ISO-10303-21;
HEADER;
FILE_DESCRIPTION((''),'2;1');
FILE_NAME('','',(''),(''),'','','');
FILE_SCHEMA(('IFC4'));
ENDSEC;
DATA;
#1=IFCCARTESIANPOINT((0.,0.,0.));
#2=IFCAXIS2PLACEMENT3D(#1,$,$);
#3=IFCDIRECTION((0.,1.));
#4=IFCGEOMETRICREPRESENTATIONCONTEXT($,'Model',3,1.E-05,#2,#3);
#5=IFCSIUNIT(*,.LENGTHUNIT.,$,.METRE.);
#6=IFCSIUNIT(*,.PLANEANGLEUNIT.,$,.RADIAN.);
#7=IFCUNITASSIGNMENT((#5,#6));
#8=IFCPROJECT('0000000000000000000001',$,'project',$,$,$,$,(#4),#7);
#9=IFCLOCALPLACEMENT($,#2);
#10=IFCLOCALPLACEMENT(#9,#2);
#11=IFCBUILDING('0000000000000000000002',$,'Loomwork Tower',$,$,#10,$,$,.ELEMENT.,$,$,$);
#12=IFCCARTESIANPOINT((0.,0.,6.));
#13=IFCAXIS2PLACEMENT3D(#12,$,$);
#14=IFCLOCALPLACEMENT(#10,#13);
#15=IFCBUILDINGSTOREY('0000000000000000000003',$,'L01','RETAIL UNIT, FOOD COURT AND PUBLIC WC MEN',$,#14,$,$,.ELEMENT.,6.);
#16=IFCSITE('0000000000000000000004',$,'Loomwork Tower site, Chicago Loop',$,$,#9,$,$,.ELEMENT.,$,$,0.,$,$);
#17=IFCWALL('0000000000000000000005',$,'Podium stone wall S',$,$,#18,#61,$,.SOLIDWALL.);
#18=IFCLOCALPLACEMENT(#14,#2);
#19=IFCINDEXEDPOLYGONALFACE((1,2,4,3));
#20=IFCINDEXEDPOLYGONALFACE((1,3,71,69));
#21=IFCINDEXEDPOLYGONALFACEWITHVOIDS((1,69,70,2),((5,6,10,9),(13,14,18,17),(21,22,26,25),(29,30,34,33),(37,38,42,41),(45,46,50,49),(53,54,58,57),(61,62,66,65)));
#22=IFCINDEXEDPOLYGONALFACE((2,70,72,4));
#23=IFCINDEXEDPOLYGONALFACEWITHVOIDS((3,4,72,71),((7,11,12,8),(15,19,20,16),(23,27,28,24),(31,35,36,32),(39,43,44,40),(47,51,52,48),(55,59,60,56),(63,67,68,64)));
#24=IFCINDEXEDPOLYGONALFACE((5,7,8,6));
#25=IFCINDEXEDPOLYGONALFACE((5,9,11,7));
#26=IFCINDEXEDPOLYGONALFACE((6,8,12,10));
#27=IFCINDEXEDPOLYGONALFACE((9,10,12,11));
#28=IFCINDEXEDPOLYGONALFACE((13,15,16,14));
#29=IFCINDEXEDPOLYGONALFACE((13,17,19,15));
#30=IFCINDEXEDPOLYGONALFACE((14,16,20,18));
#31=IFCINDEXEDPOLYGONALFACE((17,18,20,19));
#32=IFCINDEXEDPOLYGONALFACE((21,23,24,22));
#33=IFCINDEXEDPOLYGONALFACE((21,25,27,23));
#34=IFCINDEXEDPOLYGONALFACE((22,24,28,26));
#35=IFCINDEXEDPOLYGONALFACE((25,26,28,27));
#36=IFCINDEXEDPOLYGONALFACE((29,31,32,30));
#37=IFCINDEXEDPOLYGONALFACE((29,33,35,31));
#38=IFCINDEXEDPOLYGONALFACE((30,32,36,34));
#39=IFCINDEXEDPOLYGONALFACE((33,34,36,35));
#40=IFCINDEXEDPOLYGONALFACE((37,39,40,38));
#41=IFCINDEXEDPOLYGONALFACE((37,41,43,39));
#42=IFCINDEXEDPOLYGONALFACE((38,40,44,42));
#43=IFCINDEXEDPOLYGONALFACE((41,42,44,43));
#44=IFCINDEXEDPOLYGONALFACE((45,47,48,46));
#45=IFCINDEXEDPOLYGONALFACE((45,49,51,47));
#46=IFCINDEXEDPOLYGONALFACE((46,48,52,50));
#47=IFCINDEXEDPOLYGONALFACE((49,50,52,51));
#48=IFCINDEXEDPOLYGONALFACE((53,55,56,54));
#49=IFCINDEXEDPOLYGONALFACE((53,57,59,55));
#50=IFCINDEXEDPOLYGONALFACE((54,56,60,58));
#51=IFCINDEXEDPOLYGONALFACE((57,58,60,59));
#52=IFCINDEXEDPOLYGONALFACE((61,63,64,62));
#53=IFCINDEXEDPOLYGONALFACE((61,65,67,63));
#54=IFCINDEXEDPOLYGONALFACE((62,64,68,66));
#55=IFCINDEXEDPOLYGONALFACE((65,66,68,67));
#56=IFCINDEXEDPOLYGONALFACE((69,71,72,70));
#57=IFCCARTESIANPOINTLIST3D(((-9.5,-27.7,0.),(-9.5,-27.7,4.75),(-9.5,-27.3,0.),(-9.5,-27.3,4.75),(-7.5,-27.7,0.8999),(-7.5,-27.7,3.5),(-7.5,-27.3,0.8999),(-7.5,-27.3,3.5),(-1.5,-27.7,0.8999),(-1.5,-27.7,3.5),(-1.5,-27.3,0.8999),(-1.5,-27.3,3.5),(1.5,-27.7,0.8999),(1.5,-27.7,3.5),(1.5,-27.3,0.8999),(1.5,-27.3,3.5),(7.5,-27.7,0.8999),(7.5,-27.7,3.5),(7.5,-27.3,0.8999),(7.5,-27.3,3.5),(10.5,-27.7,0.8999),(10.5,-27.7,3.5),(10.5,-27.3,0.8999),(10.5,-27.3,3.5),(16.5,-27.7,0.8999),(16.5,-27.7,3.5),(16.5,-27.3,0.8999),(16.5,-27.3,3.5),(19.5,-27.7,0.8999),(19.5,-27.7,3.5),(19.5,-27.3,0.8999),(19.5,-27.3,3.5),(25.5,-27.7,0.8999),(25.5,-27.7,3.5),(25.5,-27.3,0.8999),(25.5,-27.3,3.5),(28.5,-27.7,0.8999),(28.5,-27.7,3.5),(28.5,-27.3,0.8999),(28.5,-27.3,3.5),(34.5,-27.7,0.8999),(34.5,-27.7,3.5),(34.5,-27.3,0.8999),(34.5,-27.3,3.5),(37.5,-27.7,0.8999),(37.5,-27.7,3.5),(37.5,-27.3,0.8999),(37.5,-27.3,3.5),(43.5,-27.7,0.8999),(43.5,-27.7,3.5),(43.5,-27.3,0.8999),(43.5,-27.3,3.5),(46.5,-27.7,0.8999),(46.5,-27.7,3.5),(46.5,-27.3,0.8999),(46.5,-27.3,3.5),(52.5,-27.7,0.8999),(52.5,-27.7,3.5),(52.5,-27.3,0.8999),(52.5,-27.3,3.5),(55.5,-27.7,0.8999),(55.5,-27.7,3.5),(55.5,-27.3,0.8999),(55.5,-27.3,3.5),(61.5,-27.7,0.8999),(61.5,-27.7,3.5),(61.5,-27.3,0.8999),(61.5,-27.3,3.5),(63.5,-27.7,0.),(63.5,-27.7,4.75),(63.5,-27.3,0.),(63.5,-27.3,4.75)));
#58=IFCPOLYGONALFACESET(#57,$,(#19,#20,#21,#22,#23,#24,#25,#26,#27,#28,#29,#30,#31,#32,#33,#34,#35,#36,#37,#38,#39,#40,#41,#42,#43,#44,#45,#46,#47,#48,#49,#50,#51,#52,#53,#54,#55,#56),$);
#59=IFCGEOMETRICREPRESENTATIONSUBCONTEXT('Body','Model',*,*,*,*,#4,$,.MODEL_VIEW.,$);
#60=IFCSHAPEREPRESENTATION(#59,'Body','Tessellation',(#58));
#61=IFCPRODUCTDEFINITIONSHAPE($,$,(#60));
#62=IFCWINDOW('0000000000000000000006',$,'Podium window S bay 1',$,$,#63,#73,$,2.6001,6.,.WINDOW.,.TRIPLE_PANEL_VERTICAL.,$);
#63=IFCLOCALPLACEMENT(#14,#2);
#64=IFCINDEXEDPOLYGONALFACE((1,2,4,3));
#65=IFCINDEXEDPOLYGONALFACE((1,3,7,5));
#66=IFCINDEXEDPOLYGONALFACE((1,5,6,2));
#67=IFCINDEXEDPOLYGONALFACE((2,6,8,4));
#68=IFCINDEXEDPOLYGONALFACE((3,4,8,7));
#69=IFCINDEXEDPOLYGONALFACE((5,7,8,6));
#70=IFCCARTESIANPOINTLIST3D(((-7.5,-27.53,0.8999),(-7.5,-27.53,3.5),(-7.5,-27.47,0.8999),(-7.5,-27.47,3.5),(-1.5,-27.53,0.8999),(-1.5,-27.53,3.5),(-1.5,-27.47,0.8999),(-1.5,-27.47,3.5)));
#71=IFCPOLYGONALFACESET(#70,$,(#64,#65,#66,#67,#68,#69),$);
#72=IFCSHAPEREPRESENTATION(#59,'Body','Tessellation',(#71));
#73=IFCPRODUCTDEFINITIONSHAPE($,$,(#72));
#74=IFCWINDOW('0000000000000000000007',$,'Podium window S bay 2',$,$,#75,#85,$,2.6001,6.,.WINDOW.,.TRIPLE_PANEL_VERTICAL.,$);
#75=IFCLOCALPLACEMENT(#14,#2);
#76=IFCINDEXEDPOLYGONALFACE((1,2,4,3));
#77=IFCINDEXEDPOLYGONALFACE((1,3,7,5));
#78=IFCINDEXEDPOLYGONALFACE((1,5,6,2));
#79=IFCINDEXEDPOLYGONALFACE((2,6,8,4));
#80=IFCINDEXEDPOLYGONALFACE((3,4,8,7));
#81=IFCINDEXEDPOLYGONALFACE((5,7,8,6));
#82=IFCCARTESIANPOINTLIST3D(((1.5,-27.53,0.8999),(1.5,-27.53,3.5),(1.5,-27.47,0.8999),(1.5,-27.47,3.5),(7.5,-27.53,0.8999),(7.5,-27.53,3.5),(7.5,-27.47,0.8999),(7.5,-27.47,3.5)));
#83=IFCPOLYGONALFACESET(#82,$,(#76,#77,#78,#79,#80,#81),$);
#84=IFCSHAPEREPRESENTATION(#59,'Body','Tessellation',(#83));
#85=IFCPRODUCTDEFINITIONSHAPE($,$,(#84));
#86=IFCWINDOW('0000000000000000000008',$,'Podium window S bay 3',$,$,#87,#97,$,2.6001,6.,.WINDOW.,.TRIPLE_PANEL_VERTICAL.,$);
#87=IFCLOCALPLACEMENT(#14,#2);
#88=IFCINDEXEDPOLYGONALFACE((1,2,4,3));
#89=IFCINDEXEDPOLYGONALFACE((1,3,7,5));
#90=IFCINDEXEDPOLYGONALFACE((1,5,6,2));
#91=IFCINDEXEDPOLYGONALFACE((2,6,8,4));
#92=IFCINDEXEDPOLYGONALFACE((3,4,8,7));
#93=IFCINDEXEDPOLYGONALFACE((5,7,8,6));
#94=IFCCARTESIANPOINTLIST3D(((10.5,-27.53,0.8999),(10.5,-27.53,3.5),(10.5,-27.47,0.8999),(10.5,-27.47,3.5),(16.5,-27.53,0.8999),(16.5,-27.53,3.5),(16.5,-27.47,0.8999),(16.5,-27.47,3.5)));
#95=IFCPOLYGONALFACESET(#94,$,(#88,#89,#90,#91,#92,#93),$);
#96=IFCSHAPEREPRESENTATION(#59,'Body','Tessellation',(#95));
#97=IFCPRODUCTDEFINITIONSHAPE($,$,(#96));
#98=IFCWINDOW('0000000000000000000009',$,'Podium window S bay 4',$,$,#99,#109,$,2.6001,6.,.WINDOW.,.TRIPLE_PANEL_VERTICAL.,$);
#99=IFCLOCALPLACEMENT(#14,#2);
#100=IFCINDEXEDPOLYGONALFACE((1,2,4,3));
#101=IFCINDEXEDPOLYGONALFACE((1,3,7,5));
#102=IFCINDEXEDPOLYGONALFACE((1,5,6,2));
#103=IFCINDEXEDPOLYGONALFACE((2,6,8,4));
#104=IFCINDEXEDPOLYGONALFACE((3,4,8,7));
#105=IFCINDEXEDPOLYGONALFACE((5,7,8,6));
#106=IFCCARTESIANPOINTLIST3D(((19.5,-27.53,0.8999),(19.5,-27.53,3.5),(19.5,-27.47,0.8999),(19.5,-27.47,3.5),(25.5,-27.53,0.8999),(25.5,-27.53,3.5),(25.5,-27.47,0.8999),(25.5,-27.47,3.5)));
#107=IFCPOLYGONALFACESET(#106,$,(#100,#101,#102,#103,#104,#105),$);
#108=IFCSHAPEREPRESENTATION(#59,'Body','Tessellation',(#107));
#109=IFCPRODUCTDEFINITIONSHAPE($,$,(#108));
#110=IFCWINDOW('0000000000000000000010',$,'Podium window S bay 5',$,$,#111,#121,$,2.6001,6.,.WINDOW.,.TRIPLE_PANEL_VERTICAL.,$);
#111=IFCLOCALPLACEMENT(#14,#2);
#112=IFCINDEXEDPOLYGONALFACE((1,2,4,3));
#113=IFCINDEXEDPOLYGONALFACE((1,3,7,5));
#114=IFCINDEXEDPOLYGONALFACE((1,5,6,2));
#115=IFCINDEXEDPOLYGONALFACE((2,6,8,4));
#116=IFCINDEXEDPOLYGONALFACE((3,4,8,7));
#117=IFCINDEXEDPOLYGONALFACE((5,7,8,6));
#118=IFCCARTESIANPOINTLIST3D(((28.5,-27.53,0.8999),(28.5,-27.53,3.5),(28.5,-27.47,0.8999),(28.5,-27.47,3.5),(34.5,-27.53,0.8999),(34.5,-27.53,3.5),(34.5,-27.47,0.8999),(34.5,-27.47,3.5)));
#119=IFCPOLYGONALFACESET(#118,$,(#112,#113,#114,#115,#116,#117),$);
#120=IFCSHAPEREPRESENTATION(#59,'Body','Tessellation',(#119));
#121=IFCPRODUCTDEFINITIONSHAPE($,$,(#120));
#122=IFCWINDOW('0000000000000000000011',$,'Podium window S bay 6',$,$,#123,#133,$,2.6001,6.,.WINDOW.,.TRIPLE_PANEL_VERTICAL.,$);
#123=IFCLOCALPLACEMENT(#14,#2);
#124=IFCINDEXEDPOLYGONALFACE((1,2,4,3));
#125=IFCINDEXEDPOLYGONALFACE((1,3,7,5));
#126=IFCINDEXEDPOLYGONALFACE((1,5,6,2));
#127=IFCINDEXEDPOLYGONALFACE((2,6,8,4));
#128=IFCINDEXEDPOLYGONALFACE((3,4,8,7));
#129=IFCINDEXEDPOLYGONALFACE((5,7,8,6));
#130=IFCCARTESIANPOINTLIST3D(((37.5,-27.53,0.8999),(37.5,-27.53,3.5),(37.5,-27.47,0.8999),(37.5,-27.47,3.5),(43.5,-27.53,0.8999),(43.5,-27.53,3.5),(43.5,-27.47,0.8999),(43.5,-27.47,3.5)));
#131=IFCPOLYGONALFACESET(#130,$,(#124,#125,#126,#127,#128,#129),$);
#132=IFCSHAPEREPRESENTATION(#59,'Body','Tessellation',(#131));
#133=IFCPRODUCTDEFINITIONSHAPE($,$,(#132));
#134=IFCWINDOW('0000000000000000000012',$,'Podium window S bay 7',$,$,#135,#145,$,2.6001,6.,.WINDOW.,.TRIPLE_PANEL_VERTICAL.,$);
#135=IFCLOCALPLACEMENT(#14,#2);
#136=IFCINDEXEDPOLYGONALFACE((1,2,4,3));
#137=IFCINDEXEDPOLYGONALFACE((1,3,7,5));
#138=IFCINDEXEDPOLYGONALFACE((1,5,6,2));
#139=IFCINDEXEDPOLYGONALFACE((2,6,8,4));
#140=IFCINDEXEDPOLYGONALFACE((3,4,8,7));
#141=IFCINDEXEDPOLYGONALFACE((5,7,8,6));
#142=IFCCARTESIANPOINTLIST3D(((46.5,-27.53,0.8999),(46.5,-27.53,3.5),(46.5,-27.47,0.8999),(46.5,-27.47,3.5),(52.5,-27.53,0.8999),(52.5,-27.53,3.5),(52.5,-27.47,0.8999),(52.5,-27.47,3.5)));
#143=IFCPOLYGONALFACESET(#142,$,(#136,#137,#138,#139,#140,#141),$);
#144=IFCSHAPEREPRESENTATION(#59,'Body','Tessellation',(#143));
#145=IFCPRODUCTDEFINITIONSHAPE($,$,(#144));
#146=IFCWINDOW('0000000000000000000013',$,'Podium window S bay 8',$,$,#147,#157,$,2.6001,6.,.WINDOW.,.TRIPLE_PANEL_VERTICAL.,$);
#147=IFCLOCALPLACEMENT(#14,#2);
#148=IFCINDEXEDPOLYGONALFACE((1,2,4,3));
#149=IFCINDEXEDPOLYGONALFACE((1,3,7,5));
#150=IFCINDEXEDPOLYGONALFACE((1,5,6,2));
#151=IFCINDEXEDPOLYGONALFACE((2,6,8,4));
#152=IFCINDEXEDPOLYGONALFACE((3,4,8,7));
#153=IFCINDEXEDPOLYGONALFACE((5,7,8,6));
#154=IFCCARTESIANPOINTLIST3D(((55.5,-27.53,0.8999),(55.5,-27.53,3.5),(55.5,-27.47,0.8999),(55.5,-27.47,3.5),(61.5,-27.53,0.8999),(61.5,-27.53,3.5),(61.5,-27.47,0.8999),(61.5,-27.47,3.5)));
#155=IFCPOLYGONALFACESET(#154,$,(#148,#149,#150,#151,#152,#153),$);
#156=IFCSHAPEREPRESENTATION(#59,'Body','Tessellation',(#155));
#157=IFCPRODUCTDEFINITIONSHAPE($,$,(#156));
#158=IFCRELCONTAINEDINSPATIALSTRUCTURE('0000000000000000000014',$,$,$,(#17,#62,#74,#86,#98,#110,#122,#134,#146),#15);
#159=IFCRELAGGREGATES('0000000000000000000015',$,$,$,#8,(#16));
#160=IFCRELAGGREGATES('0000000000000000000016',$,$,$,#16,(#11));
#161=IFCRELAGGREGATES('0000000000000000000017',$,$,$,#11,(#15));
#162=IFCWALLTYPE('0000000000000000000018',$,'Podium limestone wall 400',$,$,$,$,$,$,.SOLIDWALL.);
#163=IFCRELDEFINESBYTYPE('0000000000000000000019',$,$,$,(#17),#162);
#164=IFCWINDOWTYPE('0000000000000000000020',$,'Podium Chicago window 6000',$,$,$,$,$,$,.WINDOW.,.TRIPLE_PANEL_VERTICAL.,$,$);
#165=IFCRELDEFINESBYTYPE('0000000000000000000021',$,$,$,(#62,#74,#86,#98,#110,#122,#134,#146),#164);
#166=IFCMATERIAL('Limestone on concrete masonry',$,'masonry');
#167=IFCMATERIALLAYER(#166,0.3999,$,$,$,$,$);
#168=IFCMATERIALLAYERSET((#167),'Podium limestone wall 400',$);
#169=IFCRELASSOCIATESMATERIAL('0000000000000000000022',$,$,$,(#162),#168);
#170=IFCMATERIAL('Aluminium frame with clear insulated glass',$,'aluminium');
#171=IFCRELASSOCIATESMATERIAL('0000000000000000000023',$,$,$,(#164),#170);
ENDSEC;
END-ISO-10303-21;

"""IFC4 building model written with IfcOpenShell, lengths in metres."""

from ifc_helpers import new_model, si_unit, direction, frame, frame_2d, origin, place, context, subcontext, project, spatial, rectangle, extrude, material, layer, layer_set, type_object, element, fill, save


model = new_model("IFC4")

# Units and contexts
model_context = context("Model", 3, precision=1e-05, world=origin(), true_north=direction((0.0, 1.0)))
body_context = subcontext(model_context, "Body", "Model", "MODEL_VIEW")
ifc_project = project(units=[si_unit("LENGTHUNIT", "METRE"), si_unit("PLANEANGLEUNIT", "RADIAN")], contexts=[model_context])

# Site, building, storey
site_placement = place(None, origin())
site = spatial("IfcSite", under=ifc_project, at=site_placement, Name="Loomwork Tower site, Chicago Loop", CompositionType="ELEMENT", RefElevation=0.0)
building_placement = place(site_placement, origin())
building = spatial("IfcBuilding", under=site, at=building_placement, Name="Loomwork Tower", CompositionType="ELEMENT")
storey_placement = place(building_placement, frame((0.0, 0.0, 6.0)))
storey = spatial("IfcBuildingStorey", under=building, at=storey_placement, Name="L01", Description="RETAIL UNIT, FOOD COURT AND PUBLIC WC MEN", CompositionType="ELEMENT", Elevation=6.0)

# Wall, openings, windows
ifc_material_1 = material(Name="Limestone on concrete masonry", Category="masonry")
ifc_layer_1 = layer(ifc_material_1, 0.3999)
ifc_layer_set_1 = layer_set([ifc_layer_1], Name="Podium limestone wall 400")
wall_type_1 = type_object("IfcWallType", Name="Podium limestone wall 400", PredefinedType="SOLIDWALL", material=ifc_layer_set_1)
wall_1_placement = place(storey_placement, frame((-9.5, -27.5, 0.0), z_axis=(0.0, 0.0, 1.0), x_axis=(1.0, 0.0, 0.0)))
wall_1 = element("IfcWall", 1, at=wall_1_placement, inside=storey, type_object=wall_type_1, Name="Podium stone wall S", PredefinedType="SOLIDWALL", context=body_context, shape_type="SweptSolid", body=[
    extrude(rectangle(XDim=73.0, YDim=0.3999, at=frame_2d((36.5, 0.0))), origin(), (0.0, 0.0, 1.0), 4.75),
])
opening_1_placement = place(wall_1_placement, frame((2.0, 0.0, 0.8999)))
opening_1 = element("IfcOpeningElement", 2, at=opening_1_placement, cuts=wall_1, PredefinedType="OPENING", context=body_context, shape_type="SweptSolid", body=[
    extrude(rectangle(XDim=6.0, YDim=2.6001, at=frame_2d((3.0, 1.3))), frame((0.0, 0.21, 0.0), z_axis=(0.0, -1.0, 0.0), x_axis=(1.0, 0.0, 0.0)), (0.0, 0.0, 1.0), 0.4199),
])
opening_2_placement = place(wall_1_placement, frame((11.0, 0.0, 0.8999)))
opening_2 = element("IfcOpeningElement", 3, at=opening_2_placement, cuts=wall_1, PredefinedType="OPENING", context=body_context, shape_type="SweptSolid", body=[
    extrude(rectangle(XDim=6.0, YDim=2.6001, at=frame_2d((3.0, 1.3))), frame((0.0, 0.21, 0.0), z_axis=(0.0, -1.0, 0.0), x_axis=(1.0, 0.0, 0.0)), (0.0, 0.0, 1.0), 0.4199),
])
opening_3_placement = place(wall_1_placement, frame((20.0, 0.0, 0.8999)))
opening_3 = element("IfcOpeningElement", 4, at=opening_3_placement, cuts=wall_1, PredefinedType="OPENING", context=body_context, shape_type="SweptSolid", body=[
    extrude(rectangle(XDim=6.0, YDim=2.6001, at=frame_2d((3.0, 1.3))), frame((0.0, 0.21, 0.0), z_axis=(0.0, -1.0, 0.0), x_axis=(1.0, 0.0, 0.0)), (0.0, 0.0, 1.0), 0.4199),
])
opening_4_placement = place(wall_1_placement, frame((29.0, 0.0, 0.8999)))
opening_4 = element("IfcOpeningElement", 5, at=opening_4_placement, cuts=wall_1, PredefinedType="OPENING", context=body_context, shape_type="SweptSolid", body=[
    extrude(rectangle(XDim=6.0, YDim=2.6001, at=frame_2d((3.0, 1.3))), frame((0.0, 0.21, 0.0), z_axis=(0.0, -1.0, 0.0), x_axis=(1.0, 0.0, 0.0)), (0.0, 0.0, 1.0), 0.4199),
])
opening_5_placement = place(wall_1_placement, frame((38.0, 0.0, 0.8999)))
opening_5 = element("IfcOpeningElement", 6, at=opening_5_placement, cuts=wall_1, PredefinedType="OPENING", context=body_context, shape_type="SweptSolid", body=[
    extrude(rectangle(XDim=6.0, YDim=2.6001, at=frame_2d((3.0, 1.3))), frame((0.0, 0.21, 0.0), z_axis=(0.0, -1.0, 0.0), x_axis=(1.0, 0.0, 0.0)), (0.0, 0.0, 1.0), 0.4199),
])
opening_6_placement = place(wall_1_placement, frame((47.0, 0.0, 0.8999)))
opening_6 = element("IfcOpeningElement", 7, at=opening_6_placement, cuts=wall_1, PredefinedType="OPENING", context=body_context, shape_type="SweptSolid", body=[
    extrude(rectangle(XDim=6.0, YDim=2.6001, at=frame_2d((3.0, 1.3))), frame((0.0, 0.21, 0.0), z_axis=(0.0, -1.0, 0.0), x_axis=(1.0, 0.0, 0.0)), (0.0, 0.0, 1.0), 0.4199),
])
opening_7_placement = place(wall_1_placement, frame((56.0, 0.0, 0.8999)))
opening_7 = element("IfcOpeningElement", 8, at=opening_7_placement, cuts=wall_1, PredefinedType="OPENING", context=body_context, shape_type="SweptSolid", body=[
    extrude(rectangle(XDim=6.0, YDim=2.6001, at=frame_2d((3.0, 1.3))), frame((0.0, 0.21, 0.0), z_axis=(0.0, -1.0, 0.0), x_axis=(1.0, 0.0, 0.0)), (0.0, 0.0, 1.0), 0.4199),
])
opening_8_placement = place(wall_1_placement, frame((65.0, 0.0, 0.8999)))
opening_8 = element("IfcOpeningElement", 9, at=opening_8_placement, cuts=wall_1, PredefinedType="OPENING", context=body_context, shape_type="SweptSolid", body=[
    extrude(rectangle(XDim=6.0, YDim=2.6001, at=frame_2d((3.0, 1.3))), frame((0.0, 0.21, 0.0), z_axis=(0.0, -1.0, 0.0), x_axis=(1.0, 0.0, 0.0)), (0.0, 0.0, 1.0), 0.4199),
])
ifc_material_2 = material(Name="Aluminium frame with clear insulated glass", Category="aluminium")
window_type = type_object("IfcWindowType", Name="Podium Chicago window 6000", PartitioningType="TRIPLE_PANEL_VERTICAL", PredefinedType="WINDOW", material=ifc_material_2)
window_1_placement = place(opening_1_placement, origin())
window_1 = element("IfcWindow", 10, at=window_1_placement, inside=storey, type_object=window_type, Name="Podium window S bay 1", OverallHeight=2.6001, OverallWidth=6.0, PartitioningType="TRIPLE_PANEL_VERTICAL", PredefinedType="WINDOW", context=body_context, shape_type="SweptSolid", body=[
    extrude(rectangle(XDim=6.0, YDim=2.6001, at=frame_2d((3.0, 1.3))), frame((0.0, 0.03, 0.0), z_axis=(0.0, -1.0, 0.0), x_axis=(1.0, 0.0, 0.0)), (0.0, 0.0, 1.0), 0.0601),
])
fill(opening_1, window_1)
window_2_placement = place(opening_2_placement, origin())
window_2 = element("IfcWindow", 11, at=window_2_placement, inside=storey, type_object=window_type, Name="Podium window S bay 2", OverallHeight=2.6001, OverallWidth=6.0, PartitioningType="TRIPLE_PANEL_VERTICAL", PredefinedType="WINDOW", context=body_context, shape_type="SweptSolid", body=[
    extrude(rectangle(XDim=6.0, YDim=2.6001, at=frame_2d((3.0, 1.3))), frame((0.0, 0.03, 0.0), z_axis=(0.0, -1.0, 0.0), x_axis=(1.0, 0.0, 0.0)), (0.0, 0.0, 1.0), 0.0601),
])
fill(opening_2, window_2)
window_3_placement = place(opening_3_placement, origin())
window_3 = element("IfcWindow", 12, at=window_3_placement, inside=storey, type_object=window_type, Name="Podium window S bay 3", OverallHeight=2.6001, OverallWidth=6.0, PartitioningType="TRIPLE_PANEL_VERTICAL", PredefinedType="WINDOW", context=body_context, shape_type="SweptSolid", body=[
    extrude(rectangle(XDim=6.0, YDim=2.6001, at=frame_2d((3.0, 1.3))), frame((0.0, 0.03, 0.0), z_axis=(0.0, -1.0, 0.0), x_axis=(1.0, 0.0, 0.0)), (0.0, 0.0, 1.0), 0.0601),
])
fill(opening_3, window_3)
window_4_placement = place(opening_4_placement, origin())
window_4 = element("IfcWindow", 13, at=window_4_placement, inside=storey, type_object=window_type, Name="Podium window S bay 4", OverallHeight=2.6001, OverallWidth=6.0, PartitioningType="TRIPLE_PANEL_VERTICAL", PredefinedType="WINDOW", context=body_context, shape_type="SweptSolid", body=[
    extrude(rectangle(XDim=6.0, YDim=2.6001, at=frame_2d((3.0, 1.3))), frame((0.0, 0.03, 0.0), z_axis=(0.0, -1.0, 0.0), x_axis=(1.0, 0.0, 0.0)), (0.0, 0.0, 1.0), 0.0601),
])
fill(opening_4, window_4)
window_5_placement = place(opening_5_placement, origin())
window_5 = element("IfcWindow", 14, at=window_5_placement, inside=storey, type_object=window_type, Name="Podium window S bay 5", OverallHeight=2.6001, OverallWidth=6.0, PartitioningType="TRIPLE_PANEL_VERTICAL", PredefinedType="WINDOW", context=body_context, shape_type="SweptSolid", body=[
    extrude(rectangle(XDim=6.0, YDim=2.6001, at=frame_2d((3.0, 1.3))), frame((0.0, 0.03, 0.0), z_axis=(0.0, -1.0, 0.0), x_axis=(1.0, 0.0, 0.0)), (0.0, 0.0, 1.0), 0.0601),
])
fill(opening_5, window_5)
window_6_placement = place(opening_6_placement, origin())
window_6 = element("IfcWindow", 15, at=window_6_placement, inside=storey, type_object=window_type, Name="Podium window S bay 6", OverallHeight=2.6001, OverallWidth=6.0, PartitioningType="TRIPLE_PANEL_VERTICAL", PredefinedType="WINDOW", context=body_context, shape_type="SweptSolid", body=[
    extrude(rectangle(XDim=6.0, YDim=2.6001, at=frame_2d((3.0, 1.3))), frame((0.0, 0.03, 0.0), z_axis=(0.0, -1.0, 0.0), x_axis=(1.0, 0.0, 0.0)), (0.0, 0.0, 1.0), 0.0601),
])
fill(opening_6, window_6)
window_7_placement = place(opening_7_placement, origin())
window_7 = element("IfcWindow", 16, at=window_7_placement, inside=storey, type_object=window_type, Name="Podium window S bay 7", OverallHeight=2.6001, OverallWidth=6.0, PartitioningType="TRIPLE_PANEL_VERTICAL", PredefinedType="WINDOW", context=body_context, shape_type="SweptSolid", body=[
    extrude(rectangle(XDim=6.0, YDim=2.6001, at=frame_2d((3.0, 1.3))), frame((0.0, 0.03, 0.0), z_axis=(0.0, -1.0, 0.0), x_axis=(1.0, 0.0, 0.0)), (0.0, 0.0, 1.0), 0.0601),
])
fill(opening_7, window_7)
window_8_placement = place(opening_8_placement, origin())
window_8 = element("IfcWindow", 17, at=window_8_placement, inside=storey, type_object=window_type, Name="Podium window S bay 8", OverallHeight=2.6001, OverallWidth=6.0, PartitioningType="TRIPLE_PANEL_VERTICAL", PredefinedType="WINDOW", context=body_context, shape_type="SweptSolid", body=[
    extrude(rectangle(XDim=6.0, YDim=2.6001, at=frame_2d((3.0, 1.3))), frame((0.0, 0.03, 0.0), z_axis=(0.0, -1.0, 0.0), x_axis=(1.0, 0.0, 0.0)), (0.0, 0.0, 1.0), 0.0601),
])
fill(opening_8, window_8)

save(model, "model.ifc")
